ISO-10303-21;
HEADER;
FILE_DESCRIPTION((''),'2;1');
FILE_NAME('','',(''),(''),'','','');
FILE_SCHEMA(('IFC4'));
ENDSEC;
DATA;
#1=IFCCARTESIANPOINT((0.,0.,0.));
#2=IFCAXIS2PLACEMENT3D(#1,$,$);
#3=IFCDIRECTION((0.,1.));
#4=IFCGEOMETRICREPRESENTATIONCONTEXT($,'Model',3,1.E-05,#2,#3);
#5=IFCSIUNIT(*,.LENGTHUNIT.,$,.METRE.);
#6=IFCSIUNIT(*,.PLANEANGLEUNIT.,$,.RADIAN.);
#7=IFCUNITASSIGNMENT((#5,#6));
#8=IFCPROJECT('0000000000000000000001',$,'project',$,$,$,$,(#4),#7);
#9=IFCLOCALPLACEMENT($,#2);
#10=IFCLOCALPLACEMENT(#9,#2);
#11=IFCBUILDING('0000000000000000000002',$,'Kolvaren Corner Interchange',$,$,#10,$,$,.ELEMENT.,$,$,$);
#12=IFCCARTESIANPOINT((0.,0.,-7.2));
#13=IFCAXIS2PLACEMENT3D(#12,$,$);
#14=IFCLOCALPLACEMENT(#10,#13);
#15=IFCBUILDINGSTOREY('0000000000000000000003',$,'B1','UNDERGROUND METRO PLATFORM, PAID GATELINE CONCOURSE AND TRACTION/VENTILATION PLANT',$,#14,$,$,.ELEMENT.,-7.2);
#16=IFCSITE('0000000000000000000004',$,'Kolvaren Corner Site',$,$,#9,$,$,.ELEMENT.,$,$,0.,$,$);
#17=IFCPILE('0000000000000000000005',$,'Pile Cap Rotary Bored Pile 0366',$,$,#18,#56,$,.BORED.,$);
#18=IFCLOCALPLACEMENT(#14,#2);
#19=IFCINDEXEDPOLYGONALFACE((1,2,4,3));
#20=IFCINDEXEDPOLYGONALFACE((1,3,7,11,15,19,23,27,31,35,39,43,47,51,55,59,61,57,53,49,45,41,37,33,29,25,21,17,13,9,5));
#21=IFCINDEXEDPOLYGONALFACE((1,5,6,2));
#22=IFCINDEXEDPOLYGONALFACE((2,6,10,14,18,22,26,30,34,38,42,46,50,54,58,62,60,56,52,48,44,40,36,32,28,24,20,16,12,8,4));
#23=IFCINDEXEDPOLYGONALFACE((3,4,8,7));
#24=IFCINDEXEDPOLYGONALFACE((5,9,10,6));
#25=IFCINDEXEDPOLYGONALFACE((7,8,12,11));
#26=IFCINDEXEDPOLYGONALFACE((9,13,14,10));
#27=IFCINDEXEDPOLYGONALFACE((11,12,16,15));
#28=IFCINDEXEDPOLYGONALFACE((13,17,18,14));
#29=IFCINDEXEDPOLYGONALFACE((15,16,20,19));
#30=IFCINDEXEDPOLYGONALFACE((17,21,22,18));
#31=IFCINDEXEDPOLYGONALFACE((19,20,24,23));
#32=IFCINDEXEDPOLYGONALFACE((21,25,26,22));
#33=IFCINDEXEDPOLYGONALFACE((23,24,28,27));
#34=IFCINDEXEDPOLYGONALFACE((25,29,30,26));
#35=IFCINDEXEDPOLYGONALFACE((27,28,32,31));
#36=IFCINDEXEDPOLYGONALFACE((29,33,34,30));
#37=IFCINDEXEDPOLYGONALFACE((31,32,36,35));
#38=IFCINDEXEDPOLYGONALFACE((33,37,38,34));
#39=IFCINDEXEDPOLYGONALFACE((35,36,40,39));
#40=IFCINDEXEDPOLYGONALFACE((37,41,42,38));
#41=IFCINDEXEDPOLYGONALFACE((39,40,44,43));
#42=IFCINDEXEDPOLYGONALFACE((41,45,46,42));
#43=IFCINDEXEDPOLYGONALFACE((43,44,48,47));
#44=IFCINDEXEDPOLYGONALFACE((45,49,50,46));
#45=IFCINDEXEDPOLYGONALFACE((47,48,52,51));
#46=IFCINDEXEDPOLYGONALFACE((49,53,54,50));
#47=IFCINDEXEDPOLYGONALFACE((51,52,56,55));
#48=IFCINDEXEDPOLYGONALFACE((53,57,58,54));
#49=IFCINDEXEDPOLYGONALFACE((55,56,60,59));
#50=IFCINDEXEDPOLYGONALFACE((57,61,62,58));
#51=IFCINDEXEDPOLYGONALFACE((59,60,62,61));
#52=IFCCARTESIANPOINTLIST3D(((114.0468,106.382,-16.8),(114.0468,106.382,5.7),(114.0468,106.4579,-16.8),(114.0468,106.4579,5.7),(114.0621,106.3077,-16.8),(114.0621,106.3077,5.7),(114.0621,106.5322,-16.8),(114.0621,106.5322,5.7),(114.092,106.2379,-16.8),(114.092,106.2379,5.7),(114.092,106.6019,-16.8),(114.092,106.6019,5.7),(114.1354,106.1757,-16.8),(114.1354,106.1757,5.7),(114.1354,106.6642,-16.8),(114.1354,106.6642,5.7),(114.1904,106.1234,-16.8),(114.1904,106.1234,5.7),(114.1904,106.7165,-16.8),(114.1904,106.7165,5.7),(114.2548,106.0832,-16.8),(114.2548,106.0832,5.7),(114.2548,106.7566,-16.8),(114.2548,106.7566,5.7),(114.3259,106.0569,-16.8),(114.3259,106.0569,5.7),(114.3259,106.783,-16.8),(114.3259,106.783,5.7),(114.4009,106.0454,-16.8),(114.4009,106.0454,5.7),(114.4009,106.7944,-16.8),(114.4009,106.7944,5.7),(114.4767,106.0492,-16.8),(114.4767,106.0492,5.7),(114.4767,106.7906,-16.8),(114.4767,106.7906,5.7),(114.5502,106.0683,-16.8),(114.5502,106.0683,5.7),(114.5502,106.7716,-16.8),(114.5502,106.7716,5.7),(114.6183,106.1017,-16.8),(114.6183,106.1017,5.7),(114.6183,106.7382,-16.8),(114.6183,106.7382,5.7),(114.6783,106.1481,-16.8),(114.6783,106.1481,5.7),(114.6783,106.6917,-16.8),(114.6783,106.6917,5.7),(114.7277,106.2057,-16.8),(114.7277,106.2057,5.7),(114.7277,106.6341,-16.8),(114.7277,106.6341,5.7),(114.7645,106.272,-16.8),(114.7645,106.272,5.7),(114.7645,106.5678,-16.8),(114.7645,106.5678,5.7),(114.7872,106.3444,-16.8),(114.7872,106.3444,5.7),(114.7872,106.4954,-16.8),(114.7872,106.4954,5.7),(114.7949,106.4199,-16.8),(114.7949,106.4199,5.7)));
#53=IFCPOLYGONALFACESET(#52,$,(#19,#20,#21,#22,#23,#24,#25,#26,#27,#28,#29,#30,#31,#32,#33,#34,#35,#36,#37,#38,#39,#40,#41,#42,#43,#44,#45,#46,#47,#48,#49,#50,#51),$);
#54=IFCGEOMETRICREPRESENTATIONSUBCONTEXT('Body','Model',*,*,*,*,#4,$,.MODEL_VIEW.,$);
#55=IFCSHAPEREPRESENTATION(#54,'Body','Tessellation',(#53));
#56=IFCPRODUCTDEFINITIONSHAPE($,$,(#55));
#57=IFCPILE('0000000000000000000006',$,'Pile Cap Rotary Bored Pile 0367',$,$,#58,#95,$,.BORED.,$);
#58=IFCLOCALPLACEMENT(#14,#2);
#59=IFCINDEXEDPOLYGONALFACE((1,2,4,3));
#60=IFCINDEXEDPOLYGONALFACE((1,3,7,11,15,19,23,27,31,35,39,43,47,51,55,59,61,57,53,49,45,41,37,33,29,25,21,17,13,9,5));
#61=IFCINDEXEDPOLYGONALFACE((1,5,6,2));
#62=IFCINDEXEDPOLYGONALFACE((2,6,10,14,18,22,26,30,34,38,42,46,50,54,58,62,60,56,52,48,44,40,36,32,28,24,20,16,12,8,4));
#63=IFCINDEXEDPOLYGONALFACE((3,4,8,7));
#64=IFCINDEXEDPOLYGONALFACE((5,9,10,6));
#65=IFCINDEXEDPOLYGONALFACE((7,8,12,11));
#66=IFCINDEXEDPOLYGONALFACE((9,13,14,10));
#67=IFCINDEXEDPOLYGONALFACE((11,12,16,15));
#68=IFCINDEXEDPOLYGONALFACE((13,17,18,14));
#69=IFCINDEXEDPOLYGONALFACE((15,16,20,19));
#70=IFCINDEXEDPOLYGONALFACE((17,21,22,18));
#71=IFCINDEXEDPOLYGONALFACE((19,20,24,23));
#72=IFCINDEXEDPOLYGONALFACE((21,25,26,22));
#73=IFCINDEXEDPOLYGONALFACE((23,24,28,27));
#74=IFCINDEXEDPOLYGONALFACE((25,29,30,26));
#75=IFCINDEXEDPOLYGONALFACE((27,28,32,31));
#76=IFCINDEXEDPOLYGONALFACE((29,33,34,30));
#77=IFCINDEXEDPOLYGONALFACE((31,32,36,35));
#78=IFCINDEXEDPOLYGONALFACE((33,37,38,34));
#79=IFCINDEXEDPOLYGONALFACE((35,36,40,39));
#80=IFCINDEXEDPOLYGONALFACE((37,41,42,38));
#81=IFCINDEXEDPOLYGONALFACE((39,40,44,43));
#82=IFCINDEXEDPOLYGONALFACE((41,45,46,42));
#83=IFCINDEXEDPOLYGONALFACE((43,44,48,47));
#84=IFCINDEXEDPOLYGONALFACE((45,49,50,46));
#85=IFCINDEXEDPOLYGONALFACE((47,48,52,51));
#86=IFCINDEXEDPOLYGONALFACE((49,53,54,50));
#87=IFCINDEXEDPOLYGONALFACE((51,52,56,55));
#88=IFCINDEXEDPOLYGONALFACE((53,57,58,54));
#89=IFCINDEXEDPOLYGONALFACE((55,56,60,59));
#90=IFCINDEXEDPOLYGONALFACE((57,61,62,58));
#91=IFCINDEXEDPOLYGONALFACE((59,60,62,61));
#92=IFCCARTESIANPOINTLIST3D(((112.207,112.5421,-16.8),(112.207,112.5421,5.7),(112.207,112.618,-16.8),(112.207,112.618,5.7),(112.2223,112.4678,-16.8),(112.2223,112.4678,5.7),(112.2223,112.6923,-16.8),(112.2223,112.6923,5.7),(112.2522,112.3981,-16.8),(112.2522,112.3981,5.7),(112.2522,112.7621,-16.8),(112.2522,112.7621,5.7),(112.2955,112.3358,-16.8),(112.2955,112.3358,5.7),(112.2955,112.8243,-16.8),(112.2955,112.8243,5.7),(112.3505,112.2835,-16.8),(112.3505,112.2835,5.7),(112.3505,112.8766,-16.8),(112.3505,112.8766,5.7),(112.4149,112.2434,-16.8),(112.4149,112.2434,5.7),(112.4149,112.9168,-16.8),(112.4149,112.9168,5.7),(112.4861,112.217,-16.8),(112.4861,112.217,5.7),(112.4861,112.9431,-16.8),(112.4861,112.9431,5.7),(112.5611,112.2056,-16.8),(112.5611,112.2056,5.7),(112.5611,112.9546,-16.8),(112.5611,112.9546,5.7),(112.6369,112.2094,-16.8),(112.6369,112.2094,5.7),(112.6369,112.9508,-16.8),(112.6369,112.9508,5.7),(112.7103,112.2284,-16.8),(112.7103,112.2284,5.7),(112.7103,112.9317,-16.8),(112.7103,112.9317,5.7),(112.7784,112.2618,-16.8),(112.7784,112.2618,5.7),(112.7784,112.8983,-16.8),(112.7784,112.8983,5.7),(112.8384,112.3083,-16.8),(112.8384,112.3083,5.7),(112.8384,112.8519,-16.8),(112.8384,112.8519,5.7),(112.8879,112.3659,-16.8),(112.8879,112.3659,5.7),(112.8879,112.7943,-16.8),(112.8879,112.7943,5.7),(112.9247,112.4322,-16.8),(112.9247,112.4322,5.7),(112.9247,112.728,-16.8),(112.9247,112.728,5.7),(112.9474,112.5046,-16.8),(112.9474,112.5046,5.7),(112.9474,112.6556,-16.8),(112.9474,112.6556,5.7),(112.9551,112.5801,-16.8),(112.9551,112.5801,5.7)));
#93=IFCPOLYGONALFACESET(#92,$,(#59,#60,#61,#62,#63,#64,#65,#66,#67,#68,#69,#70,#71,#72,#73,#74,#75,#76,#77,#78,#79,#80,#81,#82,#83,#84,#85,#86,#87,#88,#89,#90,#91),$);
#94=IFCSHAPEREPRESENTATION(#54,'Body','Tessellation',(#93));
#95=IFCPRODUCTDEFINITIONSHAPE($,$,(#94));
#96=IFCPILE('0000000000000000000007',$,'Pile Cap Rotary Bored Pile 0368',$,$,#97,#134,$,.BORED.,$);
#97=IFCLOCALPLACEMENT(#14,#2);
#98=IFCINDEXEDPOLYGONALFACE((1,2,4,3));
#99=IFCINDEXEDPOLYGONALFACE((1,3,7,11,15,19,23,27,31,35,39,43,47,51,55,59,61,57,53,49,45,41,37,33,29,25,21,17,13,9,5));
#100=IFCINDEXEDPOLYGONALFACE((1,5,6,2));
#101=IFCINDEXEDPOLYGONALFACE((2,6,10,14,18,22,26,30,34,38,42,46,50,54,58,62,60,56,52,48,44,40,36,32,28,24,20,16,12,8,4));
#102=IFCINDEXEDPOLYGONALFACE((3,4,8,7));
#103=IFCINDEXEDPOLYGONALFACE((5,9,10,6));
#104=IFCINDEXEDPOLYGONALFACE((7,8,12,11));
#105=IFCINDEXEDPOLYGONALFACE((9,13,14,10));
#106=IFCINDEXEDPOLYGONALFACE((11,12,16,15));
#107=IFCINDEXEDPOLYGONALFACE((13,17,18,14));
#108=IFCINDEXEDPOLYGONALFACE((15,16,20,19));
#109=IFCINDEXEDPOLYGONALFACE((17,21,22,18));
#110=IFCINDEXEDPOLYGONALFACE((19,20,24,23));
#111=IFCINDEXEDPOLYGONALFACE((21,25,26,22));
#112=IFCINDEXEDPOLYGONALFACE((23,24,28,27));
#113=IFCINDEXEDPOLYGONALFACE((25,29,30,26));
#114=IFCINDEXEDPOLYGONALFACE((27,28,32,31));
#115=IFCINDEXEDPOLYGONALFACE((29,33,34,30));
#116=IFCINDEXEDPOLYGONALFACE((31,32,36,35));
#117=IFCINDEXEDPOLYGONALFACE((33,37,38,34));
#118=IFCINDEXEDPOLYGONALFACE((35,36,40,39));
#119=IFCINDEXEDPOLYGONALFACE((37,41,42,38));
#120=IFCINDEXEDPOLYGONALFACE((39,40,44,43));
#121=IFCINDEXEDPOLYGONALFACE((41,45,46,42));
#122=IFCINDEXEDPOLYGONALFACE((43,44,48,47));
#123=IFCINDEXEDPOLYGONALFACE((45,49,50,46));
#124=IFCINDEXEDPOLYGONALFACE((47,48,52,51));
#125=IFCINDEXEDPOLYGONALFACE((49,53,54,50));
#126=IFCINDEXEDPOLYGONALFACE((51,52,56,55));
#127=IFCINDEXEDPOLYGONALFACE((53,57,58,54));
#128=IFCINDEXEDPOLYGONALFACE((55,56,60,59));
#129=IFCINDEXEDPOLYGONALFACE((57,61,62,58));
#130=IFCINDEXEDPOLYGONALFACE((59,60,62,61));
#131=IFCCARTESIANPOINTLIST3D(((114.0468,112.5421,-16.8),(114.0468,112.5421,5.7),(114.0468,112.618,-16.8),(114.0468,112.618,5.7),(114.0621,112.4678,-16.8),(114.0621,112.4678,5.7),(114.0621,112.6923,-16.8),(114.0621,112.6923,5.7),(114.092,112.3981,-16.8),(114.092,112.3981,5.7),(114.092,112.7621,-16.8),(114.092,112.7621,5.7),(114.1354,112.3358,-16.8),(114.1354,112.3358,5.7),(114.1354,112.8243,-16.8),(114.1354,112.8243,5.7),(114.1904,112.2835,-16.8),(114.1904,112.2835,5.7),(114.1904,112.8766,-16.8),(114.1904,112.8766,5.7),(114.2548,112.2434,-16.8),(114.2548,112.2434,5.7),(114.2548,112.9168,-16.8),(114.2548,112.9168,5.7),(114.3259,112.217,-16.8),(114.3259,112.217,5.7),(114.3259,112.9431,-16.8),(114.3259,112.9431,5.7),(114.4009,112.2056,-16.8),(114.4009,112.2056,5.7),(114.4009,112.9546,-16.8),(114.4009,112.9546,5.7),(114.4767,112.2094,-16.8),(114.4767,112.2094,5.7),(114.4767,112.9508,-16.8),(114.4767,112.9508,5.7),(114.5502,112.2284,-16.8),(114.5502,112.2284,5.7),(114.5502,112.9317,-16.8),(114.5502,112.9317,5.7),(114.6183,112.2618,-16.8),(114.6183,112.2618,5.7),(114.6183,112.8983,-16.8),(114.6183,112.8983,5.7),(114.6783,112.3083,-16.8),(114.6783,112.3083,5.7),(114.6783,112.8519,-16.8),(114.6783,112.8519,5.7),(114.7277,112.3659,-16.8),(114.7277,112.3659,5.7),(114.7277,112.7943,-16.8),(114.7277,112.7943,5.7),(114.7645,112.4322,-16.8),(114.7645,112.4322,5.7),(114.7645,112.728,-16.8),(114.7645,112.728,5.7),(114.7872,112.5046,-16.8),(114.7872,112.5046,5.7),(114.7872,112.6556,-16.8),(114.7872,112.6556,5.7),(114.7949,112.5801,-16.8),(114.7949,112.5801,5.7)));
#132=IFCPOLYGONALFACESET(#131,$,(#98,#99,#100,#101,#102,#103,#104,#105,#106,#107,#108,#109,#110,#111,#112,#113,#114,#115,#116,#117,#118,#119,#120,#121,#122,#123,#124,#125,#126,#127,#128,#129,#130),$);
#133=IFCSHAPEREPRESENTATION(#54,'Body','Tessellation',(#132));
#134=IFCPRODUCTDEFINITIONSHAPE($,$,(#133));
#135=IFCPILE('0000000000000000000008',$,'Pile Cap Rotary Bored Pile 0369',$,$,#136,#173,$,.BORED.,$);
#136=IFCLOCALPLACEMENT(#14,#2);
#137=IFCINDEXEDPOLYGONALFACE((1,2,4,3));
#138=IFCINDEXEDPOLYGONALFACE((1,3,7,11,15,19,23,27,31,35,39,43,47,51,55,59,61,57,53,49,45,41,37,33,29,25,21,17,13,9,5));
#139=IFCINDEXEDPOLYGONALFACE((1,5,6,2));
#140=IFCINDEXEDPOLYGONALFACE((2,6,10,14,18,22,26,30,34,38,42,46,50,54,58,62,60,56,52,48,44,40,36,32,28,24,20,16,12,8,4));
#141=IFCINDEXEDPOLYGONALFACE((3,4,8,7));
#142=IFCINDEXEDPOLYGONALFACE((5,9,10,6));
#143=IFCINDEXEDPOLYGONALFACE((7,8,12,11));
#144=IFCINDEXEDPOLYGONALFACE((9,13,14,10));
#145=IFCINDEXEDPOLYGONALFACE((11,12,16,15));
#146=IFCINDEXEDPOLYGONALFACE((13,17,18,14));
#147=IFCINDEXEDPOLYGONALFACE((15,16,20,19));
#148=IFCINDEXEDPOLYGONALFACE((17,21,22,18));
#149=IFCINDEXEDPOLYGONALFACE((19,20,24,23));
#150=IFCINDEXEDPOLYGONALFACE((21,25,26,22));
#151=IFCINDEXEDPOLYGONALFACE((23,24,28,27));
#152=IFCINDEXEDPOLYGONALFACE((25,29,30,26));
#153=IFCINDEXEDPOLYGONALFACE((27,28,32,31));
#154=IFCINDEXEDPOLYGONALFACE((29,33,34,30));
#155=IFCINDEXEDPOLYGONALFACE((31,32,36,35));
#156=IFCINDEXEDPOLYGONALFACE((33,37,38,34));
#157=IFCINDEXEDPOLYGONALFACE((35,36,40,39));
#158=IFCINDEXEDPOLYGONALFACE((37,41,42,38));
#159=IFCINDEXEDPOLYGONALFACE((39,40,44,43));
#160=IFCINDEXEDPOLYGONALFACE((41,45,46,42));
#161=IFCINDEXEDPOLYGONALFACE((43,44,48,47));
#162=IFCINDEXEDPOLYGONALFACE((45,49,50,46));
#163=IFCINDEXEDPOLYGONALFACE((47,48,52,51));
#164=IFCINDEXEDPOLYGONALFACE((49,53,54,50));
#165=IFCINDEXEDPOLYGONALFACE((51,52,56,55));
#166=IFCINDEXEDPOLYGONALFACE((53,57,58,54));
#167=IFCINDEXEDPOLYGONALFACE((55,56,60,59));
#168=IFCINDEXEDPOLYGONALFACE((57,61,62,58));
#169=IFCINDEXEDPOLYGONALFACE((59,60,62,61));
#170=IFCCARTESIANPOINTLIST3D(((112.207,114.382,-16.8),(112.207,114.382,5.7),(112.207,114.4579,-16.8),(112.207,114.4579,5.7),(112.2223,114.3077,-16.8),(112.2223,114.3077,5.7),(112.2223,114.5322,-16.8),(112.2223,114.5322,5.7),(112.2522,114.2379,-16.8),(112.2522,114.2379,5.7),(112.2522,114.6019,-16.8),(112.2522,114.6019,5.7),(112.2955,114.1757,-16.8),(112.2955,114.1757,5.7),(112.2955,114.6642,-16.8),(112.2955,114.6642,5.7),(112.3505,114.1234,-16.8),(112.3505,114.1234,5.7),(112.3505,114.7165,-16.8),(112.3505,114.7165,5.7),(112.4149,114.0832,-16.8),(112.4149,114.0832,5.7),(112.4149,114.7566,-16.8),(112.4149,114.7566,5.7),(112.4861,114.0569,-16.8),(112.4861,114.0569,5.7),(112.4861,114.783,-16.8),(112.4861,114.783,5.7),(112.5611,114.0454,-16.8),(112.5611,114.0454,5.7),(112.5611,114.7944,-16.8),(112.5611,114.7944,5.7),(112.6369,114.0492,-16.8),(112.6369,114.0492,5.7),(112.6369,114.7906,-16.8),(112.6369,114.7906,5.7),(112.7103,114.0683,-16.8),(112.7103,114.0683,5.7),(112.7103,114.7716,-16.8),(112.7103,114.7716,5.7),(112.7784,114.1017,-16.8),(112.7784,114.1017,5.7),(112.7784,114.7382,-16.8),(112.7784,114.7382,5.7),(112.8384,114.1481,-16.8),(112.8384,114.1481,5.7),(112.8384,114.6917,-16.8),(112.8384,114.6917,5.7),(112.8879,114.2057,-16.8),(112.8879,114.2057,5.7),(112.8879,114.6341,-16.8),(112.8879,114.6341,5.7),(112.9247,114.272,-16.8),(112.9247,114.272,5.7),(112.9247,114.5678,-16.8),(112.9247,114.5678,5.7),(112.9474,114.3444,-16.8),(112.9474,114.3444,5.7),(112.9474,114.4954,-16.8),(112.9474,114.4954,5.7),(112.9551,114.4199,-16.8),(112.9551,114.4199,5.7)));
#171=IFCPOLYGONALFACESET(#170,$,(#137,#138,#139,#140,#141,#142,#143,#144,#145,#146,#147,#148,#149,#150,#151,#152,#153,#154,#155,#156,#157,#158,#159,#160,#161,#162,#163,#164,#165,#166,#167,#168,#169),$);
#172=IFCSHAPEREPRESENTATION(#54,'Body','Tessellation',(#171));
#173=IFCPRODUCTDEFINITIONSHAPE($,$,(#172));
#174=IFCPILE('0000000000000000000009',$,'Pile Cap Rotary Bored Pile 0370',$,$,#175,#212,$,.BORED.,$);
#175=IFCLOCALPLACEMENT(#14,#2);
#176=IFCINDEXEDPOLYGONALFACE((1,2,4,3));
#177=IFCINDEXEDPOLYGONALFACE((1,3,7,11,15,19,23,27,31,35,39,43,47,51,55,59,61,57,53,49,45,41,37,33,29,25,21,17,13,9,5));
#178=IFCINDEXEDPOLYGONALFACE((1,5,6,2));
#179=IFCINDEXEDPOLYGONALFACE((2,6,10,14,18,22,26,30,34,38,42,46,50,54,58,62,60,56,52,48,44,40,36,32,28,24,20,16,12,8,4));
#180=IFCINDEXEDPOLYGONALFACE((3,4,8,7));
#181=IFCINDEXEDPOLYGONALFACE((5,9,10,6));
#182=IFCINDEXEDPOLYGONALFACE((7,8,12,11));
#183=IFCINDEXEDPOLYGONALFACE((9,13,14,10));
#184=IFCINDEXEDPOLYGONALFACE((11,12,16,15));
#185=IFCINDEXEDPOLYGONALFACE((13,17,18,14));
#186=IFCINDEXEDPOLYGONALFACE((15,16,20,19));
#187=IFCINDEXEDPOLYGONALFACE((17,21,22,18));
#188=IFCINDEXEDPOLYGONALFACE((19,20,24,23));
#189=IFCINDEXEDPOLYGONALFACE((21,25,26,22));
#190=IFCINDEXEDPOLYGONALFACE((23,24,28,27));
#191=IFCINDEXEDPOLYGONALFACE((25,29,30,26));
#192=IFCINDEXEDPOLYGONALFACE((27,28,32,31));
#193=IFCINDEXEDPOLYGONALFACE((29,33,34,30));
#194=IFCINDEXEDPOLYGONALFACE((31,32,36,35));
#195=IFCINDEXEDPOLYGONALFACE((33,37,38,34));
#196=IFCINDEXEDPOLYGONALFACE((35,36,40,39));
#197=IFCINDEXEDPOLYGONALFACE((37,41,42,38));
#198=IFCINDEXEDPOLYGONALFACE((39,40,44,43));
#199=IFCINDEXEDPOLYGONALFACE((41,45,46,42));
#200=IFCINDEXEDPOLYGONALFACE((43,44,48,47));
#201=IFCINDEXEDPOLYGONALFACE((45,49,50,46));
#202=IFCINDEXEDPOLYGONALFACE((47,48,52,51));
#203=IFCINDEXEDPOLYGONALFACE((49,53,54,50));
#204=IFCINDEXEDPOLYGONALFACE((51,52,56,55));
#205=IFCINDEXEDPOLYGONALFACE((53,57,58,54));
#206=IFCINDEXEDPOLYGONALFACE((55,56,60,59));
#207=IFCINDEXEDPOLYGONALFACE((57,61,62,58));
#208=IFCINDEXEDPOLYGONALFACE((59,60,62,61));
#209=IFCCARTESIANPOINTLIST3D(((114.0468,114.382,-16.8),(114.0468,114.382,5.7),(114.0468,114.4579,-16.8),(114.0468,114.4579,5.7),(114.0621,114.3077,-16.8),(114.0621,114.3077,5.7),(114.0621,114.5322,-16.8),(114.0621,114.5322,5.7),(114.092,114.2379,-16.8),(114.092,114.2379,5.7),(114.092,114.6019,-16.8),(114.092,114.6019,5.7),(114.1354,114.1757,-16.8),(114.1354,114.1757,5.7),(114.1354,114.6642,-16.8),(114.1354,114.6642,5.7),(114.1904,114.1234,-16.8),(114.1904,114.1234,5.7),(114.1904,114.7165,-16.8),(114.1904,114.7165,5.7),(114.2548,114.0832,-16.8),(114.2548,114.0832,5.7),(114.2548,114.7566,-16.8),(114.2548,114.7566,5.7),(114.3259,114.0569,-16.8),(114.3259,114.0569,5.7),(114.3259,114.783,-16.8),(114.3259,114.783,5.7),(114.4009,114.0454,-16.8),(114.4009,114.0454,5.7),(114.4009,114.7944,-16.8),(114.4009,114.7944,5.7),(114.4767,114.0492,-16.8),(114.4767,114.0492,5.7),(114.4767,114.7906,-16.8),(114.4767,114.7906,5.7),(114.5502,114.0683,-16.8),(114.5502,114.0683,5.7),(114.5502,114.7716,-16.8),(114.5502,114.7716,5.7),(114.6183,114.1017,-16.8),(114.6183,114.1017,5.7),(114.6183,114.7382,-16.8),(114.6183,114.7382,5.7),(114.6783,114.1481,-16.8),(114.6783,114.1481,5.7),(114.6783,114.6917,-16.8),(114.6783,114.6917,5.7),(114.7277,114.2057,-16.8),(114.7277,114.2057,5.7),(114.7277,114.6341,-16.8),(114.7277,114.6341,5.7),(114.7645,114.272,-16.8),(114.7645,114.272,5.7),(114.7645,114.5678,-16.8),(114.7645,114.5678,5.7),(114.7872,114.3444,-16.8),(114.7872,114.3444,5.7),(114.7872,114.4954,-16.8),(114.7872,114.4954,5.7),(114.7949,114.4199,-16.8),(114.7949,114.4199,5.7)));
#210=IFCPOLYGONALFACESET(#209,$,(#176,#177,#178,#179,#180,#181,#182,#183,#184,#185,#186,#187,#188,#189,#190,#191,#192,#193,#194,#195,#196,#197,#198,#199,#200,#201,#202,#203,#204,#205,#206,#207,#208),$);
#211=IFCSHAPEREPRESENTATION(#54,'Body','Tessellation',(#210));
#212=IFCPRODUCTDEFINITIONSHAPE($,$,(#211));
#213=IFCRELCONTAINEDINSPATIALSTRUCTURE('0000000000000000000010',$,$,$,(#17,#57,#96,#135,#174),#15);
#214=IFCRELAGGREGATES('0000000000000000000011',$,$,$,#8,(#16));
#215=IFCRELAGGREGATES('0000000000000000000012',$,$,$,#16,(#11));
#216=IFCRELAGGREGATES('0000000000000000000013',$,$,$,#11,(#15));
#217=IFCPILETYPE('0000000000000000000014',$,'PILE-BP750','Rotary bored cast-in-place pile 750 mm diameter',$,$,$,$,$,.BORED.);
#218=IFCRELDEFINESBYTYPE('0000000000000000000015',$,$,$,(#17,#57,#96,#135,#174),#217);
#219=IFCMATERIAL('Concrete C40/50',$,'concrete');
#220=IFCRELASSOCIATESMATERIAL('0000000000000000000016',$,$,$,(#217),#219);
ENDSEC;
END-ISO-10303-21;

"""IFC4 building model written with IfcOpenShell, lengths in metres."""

from ifc_helpers import new_model, si_unit, direction, frame, origin, origin_2d, place, context, subcontext, project, spatial, circle, extrude, material, material_profile, profile_set, type_object, element, save


model = new_model("IFC4")

# Units and contexts
model_context = context("Model", 3, precision=1e-05, world=origin(), true_north=direction((0.0, 1.0)))
body_context = subcontext(model_context, "Body", "Model", "MODEL_VIEW")
ifc_project = project(units=[si_unit("LENGTHUNIT", "METRE"), si_unit("PLANEANGLEUNIT", "RADIAN")], contexts=[model_context])

# Site, building, storey
site_placement = place(None, origin())
site = spatial("IfcSite", under=ifc_project, at=site_placement, Name="Kolvaren Corner Site", CompositionType="ELEMENT", RefElevation=0.0)
building_placement = place(site_placement, origin())
building = spatial("IfcBuilding", under=site, at=building_placement, Name="Kolvaren Corner Interchange", CompositionType="ELEMENT")
storey_placement = place(building_placement, frame((0.0, 0.0, -7.2)))
storey = spatial("IfcBuildingStorey", under=building, at=storey_placement, Name="B1", Description="UNDERGROUND METRO PLATFORM, PAID GATELINE CONCOURSE AND TRACTION/VENTILATION PLANT", CompositionType="ELEMENT", Elevation=-7.2)

# Piles
ifc_material_1 = material(Name="Concrete C40/50", Category="concrete")
ifc_material_profile = material_profile(ifc_material_1, circle(Radius=0.375, at=origin_2d()), Name="BORED PILE 750")
ifc_profile_set = profile_set([ifc_material_profile], Name="Concrete C40/50")
pile_type = type_object("IfcPileType", Name="PILE-BP750", Description="Rotary bored cast-in-place pile 750 mm diameter", PredefinedType="BORED", material=ifc_profile_set)
for number, where, z_axis, x_axis, name in (
    (1, (114.4199, 106.4199, 5.7), (0.0, 0.0, -1.0), (1.0, 0.0, 0.0), "Pile Cap Rotary Bored Pile 0366"),
    (2, (112.5801, 112.5801, 5.7), (0.0, 0.0, -1.0), (1.0, 0.0, 0.0), "Pile Cap Rotary Bored Pile 0367"),
    (3, (114.4199, 112.5801, 5.7), (0.0, 0.0, -1.0), (1.0, 0.0, 0.0), "Pile Cap Rotary Bored Pile 0368"),
    (4, (112.5801, 114.4199, 5.7), (0.0, 0.0, -1.0), (1.0, 0.0, 0.0), "Pile Cap Rotary Bored Pile 0369"),
    (5, (114.4199, 114.4199, 5.7), (0.0, 0.0, -1.0), (1.0, 0.0, 0.0), "Pile Cap Rotary Bored Pile 0370"),
):
    element("IfcPile", number, at=place(storey_placement, frame(where, z_axis=z_axis, x_axis=x_axis)), inside=storey, type_object=pile_type, Name=name, PredefinedType="BORED", context=body_context, shape_type="SweptSolid", body=[
        extrude(circle(Radius=0.375, at=origin_2d()), origin(), (0.0, 0.0, 1.0), 22.5),
    ])

save(model, "model.ifc")
